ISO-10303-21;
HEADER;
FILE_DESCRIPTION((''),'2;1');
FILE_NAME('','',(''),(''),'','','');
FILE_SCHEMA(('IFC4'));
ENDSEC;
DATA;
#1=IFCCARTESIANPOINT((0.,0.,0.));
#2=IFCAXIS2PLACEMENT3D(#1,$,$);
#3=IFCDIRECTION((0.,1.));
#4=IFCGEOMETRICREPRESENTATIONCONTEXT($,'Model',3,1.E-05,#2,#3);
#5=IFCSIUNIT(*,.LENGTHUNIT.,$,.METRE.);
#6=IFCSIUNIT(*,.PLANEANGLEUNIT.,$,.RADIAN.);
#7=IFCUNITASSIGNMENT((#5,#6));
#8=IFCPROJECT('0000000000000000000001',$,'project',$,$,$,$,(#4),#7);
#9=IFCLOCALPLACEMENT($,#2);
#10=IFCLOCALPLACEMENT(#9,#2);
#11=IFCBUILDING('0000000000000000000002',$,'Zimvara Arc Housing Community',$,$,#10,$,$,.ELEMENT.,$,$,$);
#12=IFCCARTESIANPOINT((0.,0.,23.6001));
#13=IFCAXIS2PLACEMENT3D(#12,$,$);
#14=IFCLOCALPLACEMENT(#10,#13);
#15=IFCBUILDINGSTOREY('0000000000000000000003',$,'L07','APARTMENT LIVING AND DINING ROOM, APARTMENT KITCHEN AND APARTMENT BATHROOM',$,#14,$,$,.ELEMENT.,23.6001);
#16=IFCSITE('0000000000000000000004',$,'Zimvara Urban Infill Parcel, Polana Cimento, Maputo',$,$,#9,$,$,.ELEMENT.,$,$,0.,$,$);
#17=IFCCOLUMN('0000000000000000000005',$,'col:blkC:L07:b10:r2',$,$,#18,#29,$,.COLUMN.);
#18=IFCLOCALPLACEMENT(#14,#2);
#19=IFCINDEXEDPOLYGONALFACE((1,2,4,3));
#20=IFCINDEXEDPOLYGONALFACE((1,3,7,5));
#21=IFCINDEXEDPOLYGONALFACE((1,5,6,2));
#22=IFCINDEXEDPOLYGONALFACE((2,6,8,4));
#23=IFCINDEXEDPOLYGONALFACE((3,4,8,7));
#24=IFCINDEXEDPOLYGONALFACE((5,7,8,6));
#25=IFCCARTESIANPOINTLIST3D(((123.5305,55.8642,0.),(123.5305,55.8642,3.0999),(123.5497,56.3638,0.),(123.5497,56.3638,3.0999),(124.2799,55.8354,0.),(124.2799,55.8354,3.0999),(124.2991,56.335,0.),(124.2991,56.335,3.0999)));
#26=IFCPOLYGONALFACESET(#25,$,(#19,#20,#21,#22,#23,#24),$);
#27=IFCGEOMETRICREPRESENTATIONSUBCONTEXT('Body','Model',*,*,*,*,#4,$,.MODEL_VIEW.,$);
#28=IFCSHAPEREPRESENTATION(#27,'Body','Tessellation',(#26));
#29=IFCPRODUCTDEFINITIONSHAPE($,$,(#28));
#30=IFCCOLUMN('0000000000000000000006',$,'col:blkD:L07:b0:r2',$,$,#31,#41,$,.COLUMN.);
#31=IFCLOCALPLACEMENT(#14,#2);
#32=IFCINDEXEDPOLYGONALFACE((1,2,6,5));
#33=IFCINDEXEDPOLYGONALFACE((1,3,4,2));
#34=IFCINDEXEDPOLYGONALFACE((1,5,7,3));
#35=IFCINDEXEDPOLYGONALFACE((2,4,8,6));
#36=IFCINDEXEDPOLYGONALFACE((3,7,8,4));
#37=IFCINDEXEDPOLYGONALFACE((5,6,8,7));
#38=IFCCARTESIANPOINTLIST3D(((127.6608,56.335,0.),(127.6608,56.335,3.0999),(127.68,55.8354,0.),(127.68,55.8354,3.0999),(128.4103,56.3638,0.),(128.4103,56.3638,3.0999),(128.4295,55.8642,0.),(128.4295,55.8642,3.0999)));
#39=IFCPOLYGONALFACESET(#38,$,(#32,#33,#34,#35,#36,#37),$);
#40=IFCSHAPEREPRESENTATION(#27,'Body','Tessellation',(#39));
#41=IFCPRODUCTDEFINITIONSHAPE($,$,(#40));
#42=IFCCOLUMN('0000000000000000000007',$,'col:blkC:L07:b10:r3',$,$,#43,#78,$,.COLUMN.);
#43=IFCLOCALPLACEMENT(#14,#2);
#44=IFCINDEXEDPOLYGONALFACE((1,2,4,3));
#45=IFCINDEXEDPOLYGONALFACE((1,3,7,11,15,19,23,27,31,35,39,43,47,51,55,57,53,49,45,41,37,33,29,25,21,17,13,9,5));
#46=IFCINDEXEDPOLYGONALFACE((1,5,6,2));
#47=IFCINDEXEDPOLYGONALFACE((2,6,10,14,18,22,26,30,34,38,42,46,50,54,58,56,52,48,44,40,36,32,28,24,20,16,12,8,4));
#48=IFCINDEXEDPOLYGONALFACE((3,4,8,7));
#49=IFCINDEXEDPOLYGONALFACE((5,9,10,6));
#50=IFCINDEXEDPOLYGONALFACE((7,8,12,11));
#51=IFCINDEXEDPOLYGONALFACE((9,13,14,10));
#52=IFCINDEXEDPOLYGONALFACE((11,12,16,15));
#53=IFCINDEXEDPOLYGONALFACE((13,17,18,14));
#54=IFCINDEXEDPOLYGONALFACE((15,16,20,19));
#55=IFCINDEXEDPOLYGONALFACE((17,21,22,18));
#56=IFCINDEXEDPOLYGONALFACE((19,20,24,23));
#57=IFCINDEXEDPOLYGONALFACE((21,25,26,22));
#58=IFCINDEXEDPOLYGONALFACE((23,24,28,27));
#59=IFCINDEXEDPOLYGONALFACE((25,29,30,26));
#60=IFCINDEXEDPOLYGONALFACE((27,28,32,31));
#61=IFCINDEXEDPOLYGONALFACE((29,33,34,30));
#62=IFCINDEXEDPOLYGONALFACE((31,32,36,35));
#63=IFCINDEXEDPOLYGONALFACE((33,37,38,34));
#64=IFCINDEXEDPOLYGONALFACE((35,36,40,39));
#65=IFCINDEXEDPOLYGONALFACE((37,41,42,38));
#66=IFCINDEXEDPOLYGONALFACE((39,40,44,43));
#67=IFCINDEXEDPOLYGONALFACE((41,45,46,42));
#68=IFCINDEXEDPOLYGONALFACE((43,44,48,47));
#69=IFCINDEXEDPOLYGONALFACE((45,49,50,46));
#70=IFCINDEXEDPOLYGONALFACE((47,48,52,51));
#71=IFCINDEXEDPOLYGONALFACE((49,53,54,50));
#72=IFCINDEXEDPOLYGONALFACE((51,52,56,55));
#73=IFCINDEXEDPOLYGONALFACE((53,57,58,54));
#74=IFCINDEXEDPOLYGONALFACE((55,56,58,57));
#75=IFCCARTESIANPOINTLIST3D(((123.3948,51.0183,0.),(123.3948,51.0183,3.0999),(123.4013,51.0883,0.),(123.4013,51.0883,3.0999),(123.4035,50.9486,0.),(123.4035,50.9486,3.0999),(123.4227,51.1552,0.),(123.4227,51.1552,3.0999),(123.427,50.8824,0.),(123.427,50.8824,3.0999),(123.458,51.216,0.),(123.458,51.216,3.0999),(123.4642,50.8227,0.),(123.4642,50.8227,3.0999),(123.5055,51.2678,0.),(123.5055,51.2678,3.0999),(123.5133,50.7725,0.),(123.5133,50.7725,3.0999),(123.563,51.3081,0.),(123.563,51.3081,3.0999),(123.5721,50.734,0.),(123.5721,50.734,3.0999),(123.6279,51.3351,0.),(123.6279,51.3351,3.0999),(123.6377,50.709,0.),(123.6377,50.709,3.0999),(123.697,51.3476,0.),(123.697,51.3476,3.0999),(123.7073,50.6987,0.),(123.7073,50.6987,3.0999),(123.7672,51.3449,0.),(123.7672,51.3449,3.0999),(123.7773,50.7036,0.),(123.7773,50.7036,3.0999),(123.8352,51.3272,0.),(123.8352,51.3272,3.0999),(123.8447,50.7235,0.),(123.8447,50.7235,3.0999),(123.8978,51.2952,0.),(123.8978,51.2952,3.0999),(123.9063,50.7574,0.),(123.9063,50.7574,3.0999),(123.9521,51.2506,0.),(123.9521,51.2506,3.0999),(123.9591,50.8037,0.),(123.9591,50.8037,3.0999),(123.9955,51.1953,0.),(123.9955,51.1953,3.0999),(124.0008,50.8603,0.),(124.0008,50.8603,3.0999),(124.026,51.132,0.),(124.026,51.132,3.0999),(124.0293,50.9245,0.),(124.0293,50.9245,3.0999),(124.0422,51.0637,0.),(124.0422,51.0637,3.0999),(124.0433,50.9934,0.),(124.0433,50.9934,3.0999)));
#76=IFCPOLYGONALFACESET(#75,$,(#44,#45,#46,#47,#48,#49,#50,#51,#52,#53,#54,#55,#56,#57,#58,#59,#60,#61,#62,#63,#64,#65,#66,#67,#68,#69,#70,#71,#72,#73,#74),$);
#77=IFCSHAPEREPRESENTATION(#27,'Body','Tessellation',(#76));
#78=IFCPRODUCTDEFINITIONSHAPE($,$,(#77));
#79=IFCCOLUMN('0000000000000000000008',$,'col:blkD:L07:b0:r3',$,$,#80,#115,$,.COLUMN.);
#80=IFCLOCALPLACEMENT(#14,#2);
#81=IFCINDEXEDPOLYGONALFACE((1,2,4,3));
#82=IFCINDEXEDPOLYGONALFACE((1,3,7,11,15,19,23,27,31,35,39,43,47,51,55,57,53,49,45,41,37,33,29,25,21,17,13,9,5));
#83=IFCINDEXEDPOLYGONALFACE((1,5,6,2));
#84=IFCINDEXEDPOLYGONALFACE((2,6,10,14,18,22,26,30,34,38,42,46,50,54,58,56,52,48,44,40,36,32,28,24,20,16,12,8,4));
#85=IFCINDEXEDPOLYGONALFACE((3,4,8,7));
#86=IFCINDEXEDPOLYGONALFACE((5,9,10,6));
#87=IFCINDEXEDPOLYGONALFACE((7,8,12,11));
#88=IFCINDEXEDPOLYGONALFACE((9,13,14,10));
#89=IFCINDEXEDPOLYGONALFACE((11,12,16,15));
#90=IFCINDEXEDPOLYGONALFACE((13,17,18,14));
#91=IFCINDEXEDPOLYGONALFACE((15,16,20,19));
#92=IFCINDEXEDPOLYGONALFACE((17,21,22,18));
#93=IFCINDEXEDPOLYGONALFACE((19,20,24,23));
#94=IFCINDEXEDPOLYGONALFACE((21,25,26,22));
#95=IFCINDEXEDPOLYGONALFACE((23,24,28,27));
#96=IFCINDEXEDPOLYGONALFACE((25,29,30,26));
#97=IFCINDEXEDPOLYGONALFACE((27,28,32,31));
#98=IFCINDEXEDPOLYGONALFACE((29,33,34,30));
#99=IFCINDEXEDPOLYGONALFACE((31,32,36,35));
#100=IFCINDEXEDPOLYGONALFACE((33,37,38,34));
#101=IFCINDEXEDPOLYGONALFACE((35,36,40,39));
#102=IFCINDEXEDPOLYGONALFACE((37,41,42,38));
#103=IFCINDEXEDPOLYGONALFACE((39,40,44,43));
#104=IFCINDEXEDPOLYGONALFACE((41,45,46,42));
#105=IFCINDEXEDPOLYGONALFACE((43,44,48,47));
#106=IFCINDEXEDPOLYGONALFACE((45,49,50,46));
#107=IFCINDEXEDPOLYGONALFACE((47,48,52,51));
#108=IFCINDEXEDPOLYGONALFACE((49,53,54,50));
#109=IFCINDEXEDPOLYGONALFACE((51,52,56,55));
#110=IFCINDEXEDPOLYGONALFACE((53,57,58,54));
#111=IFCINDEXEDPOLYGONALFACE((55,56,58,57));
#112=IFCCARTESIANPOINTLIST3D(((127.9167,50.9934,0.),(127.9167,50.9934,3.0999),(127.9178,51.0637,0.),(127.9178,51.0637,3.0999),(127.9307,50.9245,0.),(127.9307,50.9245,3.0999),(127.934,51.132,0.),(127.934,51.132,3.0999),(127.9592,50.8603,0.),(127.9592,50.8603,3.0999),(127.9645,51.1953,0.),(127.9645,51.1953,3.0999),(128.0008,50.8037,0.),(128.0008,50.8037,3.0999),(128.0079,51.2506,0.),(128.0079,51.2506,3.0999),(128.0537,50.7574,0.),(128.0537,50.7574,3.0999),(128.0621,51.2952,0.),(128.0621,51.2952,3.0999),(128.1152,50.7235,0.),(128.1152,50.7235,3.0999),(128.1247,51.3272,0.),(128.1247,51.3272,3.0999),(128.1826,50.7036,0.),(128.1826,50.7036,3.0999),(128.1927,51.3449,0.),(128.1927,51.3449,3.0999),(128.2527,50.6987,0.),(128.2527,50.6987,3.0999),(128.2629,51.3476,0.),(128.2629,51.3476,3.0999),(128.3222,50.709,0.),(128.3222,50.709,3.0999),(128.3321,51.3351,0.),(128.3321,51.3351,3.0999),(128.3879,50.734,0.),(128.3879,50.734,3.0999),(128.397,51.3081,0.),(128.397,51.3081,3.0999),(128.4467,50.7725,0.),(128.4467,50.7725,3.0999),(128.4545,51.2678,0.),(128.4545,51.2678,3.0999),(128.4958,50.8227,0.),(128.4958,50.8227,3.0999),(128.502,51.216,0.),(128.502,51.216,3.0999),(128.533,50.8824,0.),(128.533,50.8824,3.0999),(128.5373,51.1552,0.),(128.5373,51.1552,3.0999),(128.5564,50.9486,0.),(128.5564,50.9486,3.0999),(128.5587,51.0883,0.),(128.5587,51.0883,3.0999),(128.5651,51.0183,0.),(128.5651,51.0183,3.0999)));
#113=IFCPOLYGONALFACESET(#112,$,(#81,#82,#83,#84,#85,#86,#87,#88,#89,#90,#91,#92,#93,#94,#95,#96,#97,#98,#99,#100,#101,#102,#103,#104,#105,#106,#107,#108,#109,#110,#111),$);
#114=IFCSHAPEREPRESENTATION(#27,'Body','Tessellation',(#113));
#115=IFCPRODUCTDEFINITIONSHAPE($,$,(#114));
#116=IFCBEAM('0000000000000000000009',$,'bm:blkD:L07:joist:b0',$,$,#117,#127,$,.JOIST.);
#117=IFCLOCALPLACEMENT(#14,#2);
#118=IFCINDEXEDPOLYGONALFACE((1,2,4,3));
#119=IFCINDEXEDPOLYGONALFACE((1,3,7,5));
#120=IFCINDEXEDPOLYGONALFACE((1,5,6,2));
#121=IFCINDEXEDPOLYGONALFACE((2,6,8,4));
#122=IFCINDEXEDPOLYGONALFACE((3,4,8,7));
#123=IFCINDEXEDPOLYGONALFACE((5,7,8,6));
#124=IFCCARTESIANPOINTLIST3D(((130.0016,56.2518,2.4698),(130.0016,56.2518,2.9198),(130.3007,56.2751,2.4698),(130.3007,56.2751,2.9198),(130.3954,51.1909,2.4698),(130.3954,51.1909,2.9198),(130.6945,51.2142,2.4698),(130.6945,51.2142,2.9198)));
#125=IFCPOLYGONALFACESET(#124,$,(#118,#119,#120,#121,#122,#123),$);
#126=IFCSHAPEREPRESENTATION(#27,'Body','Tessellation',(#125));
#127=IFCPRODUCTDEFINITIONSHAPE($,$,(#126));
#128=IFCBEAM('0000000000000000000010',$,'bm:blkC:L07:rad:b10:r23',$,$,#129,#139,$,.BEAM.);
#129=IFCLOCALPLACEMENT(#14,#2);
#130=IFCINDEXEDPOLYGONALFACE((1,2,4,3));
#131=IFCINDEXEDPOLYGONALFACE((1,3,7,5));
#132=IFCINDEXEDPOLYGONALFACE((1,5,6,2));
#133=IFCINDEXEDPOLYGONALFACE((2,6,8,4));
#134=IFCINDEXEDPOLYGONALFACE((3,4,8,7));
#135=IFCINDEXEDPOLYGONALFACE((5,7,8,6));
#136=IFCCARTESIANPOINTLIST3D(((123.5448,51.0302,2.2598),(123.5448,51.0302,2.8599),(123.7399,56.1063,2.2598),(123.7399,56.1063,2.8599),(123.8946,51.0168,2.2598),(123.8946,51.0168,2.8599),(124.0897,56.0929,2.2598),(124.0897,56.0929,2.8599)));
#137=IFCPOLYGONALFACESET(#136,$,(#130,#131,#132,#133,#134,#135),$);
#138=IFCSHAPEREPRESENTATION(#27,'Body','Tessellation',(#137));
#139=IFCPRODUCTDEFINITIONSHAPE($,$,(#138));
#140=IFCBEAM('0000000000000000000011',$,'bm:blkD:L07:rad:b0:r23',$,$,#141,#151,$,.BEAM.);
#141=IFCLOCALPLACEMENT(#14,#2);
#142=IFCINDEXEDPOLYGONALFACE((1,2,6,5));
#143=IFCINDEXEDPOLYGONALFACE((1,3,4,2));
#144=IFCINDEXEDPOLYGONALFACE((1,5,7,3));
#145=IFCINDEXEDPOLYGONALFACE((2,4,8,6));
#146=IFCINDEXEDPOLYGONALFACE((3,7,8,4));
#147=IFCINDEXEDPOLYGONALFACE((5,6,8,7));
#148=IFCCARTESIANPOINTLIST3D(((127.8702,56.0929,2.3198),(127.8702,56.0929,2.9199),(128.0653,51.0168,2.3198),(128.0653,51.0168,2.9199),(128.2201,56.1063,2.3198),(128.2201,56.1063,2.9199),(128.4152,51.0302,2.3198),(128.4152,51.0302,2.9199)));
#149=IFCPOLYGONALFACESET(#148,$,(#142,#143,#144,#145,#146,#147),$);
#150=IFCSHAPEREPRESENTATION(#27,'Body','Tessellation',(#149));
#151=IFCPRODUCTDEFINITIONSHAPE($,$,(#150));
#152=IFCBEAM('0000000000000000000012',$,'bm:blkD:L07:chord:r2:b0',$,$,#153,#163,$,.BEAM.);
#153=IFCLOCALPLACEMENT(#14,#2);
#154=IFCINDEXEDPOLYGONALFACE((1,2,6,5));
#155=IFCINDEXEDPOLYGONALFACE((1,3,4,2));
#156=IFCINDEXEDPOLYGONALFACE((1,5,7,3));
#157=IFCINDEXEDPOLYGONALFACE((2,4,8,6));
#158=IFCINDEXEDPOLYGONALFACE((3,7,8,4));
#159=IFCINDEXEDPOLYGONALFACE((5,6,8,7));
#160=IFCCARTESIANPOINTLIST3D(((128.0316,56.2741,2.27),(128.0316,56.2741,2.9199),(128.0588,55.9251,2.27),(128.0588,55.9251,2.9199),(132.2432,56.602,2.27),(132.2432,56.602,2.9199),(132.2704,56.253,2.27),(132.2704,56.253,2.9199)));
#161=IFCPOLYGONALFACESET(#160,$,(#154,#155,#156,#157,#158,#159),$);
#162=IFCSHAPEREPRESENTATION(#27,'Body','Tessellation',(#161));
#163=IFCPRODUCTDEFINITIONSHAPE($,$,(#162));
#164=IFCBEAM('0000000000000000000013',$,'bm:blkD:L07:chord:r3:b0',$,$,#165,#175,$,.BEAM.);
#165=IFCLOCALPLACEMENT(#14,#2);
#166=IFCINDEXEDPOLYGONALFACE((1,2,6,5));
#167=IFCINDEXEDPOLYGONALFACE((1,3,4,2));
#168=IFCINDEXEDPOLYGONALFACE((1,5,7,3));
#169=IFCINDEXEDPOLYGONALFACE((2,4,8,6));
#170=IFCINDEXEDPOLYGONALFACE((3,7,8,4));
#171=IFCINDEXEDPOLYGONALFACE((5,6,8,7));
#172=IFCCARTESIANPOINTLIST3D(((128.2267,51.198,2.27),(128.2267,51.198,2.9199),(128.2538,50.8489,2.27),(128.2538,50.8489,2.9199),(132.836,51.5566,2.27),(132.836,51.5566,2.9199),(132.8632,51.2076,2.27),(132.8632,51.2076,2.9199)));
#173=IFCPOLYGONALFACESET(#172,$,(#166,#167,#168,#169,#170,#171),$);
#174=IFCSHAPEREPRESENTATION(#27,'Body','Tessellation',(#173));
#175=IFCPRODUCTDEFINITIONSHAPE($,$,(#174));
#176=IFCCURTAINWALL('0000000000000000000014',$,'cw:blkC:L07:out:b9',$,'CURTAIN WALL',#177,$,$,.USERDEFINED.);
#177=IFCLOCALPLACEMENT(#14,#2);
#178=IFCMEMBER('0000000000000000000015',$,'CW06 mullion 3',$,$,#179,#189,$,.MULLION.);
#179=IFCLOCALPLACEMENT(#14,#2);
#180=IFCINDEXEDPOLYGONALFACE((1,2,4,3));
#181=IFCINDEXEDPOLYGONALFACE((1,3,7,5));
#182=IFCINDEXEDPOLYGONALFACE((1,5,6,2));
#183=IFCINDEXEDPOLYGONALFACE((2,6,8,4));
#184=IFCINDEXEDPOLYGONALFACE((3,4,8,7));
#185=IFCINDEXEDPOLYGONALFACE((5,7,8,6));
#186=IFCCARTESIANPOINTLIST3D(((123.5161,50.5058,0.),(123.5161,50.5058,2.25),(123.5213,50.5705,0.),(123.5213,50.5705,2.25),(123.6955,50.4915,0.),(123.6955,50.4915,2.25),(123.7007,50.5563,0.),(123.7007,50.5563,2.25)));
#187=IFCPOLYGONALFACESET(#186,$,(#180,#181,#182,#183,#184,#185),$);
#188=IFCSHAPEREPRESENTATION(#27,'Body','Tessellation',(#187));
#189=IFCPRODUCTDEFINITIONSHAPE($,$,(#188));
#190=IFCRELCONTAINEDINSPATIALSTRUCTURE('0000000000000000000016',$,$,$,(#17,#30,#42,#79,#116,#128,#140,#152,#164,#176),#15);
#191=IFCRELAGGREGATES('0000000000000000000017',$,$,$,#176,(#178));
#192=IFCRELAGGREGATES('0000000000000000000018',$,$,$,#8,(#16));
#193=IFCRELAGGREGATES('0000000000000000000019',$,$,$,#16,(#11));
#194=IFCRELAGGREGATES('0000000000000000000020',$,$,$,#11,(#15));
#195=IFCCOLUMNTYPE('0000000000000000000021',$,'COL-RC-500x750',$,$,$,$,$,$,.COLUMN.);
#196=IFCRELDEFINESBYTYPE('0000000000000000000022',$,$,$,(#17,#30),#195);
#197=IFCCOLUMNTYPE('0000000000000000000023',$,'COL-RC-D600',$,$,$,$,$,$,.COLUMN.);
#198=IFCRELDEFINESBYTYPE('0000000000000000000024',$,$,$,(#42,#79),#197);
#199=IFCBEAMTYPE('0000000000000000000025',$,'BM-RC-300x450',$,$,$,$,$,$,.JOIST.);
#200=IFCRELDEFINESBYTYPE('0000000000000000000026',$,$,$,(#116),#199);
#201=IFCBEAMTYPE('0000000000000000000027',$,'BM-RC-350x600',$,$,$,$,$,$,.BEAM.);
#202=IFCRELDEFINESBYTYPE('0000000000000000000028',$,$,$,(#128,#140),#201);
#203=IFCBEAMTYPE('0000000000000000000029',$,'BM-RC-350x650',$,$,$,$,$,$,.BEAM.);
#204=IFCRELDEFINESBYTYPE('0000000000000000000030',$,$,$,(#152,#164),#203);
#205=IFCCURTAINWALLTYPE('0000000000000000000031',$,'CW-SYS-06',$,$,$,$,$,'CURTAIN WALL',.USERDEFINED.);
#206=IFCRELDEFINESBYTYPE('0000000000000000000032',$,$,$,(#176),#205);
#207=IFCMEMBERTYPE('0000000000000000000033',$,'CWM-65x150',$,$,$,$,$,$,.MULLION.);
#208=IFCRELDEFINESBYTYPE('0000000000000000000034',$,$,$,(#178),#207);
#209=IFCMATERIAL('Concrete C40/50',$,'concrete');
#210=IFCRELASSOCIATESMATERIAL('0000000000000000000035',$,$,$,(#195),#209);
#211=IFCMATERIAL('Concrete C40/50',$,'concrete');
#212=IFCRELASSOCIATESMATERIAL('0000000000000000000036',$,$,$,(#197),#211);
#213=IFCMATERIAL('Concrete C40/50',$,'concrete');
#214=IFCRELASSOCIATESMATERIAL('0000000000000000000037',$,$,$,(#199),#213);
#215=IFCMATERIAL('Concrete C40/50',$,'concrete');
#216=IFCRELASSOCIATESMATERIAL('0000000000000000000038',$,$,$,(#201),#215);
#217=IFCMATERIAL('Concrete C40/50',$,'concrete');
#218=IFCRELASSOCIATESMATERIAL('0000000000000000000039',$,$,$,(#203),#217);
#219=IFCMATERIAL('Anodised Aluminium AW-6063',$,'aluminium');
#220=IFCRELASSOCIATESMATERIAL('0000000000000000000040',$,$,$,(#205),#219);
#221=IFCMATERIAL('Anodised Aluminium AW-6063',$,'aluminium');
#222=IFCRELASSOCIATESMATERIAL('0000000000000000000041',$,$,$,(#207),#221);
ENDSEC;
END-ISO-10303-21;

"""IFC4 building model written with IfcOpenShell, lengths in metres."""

from ifc_helpers import new_model, si_unit, direction, frame, origin, origin_2d, place, context, subcontext, project, spatial, rectangle, circle, extrude, material, material_profile, profile_set, type_object, element, aggregate, save


model = new_model("IFC4")

# Units and contexts
model_context = context("Model", 3, precision=1e-05, world=origin(), true_north=direction((0.0, 1.0)))
body_context = subcontext(model_context, "Body", "Model", "MODEL_VIEW")
ifc_project = project(units=[si_unit("LENGTHUNIT", "METRE"), si_unit("PLANEANGLEUNIT", "RADIAN")], contexts=[model_context])

# Site, building, storey
site_placement = place(None, origin())
site = spatial("IfcSite", under=ifc_project, at=site_placement, Name="Zimvara Urban Infill Parcel, Polana Cimento, Maputo", CompositionType="ELEMENT", RefElevation=0.0)
building_placement = place(site_placement, origin())
building = spatial("IfcBuilding", under=site, at=building_placement, Name="Zimvara Arc Housing Community", CompositionType="ELEMENT")
storey_placement = place(building_placement, frame((0.0, 0.0, 23.6001)))
storey = spatial("IfcBuildingStorey", under=building, at=storey_placement, Name="L07", Description="APARTMENT LIVING AND DINING ROOM, APARTMENT KITCHEN AND APARTMENT BATHROOM", CompositionType="ELEMENT", Elevation=23.6001)

# Columns
ifc_material_1 = material(Name="Concrete C40/50", Category="concrete")
ifc_material_profile_1 = material_profile(ifc_material_1, rectangle(XDim=0.5, YDim=0.75, at=origin_2d()), Name="RC 500x750")
ifc_profile_set_1 = profile_set([ifc_material_profile_1], Name="Concrete C40/50")
column_type_1 = type_object("IfcColumnType", Name="COL-RC-500x750", PredefinedType="COLUMN", material=ifc_profile_set_1)
for number, where, z_axis, x_axis, name in (
    (1, (123.9148, 56.0996, 0.0), (0.0, 0.0, 1.0), (-0.038388, -0.999263, 0.0), "col:blkC:L07:b10:r2"),
    (2, (128.0452, 56.0996, 0.0), (0.0, 0.0, 1.0), (0.038388, -0.999263, 0.0), "col:blkD:L07:b0:r2"),
):
    element("IfcColumn", number, at=place(storey_placement, frame(where, z_axis=z_axis, x_axis=x_axis)), inside=storey, type_object=column_type_1, Name=name, PredefinedType="COLUMN", context=body_context, shape_type="SweptSolid", body=[
        extrude(rectangle(XDim=0.5, YDim=0.75, at=origin_2d()), origin(), (0.0, 0.0, 1.0), 3.0999),
    ])
ifc_material_2 = material(Name="Concrete C40/50", Category="concrete")
ifc_material_profile_2 = material_profile(ifc_material_2, circle(Radius=0.325, at=origin_2d()), Name="RC D650")
ifc_profile_set_2 = profile_set([ifc_material_profile_2], Name="Concrete C40/50")
column_type_2 = type_object("IfcColumnType", Name="COL-RC-D600", PredefinedType="COLUMN", material=ifc_profile_set_2)
for number, where, z_axis, x_axis, name in (
    (3, (123.7197, 51.0234, 0.0), (0.0, 0.0, 1.0), (-0.038388, -0.999263, 0.0), "col:blkC:L07:b10:r3"),
    (4, (128.2402, 51.0234, 0.0), (0.0, 0.0, 1.0), (0.038388, -0.999263, 0.0), "col:blkD:L07:b0:r3"),
):
    element("IfcColumn", number, at=place(storey_placement, frame(where, z_axis=z_axis, x_axis=x_axis)), inside=storey, type_object=column_type_2, Name=name, PredefinedType="COLUMN", context=body_context, shape_type="SweptSolid", body=[
        extrude(circle(Radius=0.325, at=origin_2d()), origin(), (0.0, 0.0, 1.0), 3.0999),
    ])

# Beams
ifc_material_3 = material(Name="Concrete C40/50", Category="concrete")
ifc_material_profile_3 = material_profile(ifc_material_3, rectangle(XDim=0.3, YDim=0.45, at=origin_2d()), Name="RC 300x450")
ifc_profile_set_3 = profile_set([ifc_material_profile_3], Name="Concrete C40/50")
beam_type_1 = type_object("IfcBeamType", Name="BM-RC-300x450", PredefinedType="JOIST", material=ifc_profile_set_3)
beam_1_placement = place(storey_placement, frame((130.1511, 56.2634, 2.6948), z_axis=(0.077579, -0.996986, 0.0), x_axis=(0.996986, 0.077579, 0.0)))
element("IfcBeam", 5, at=beam_1_placement, inside=storey, type_object=beam_type_1, Name="bm:blkD:L07:joist:b0", PredefinedType="JOIST", context=body_context, shape_type="SweptSolid", body=[
    extrude(rectangle(XDim=0.3, YDim=0.45, at=origin_2d()), origin(), (0.0, 0.0, 1.0), 5.0762),
])
ifc_material_4 = material(Name="Concrete C40/50", Category="concrete")
ifc_material_profile_4 = material_profile(ifc_material_4, rectangle(XDim=0.3501, YDim=0.6001, at=origin_2d()), Name="RC 350x600")
ifc_profile_set_4 = profile_set([ifc_material_profile_4], Name="Concrete C40/50")
beam_type_2 = type_object("IfcBeamType", Name="BM-RC-350x600", PredefinedType="BEAM", material=ifc_profile_set_4)
for number, where, z_axis, x_axis, name in (
    (6, (123.9148, 56.0996, 2.5598), (-0.0384, -0.999262, 0.0), (0.999262, -0.0384, 0.0), "bm:blkC:L07:rad:b10:r23"),
    (7, (128.0452, 56.0996, 2.6199), (0.0384, -0.999262, 0.0), (0.999262, 0.0384, 0.0), "bm:blkD:L07:rad:b0:r23"),
):
    element("IfcBeam", number, at=place(storey_placement, frame(where, z_axis=z_axis, x_axis=x_axis)), inside=storey, type_object=beam_type_2, Name=name, PredefinedType="BEAM", context=body_context, shape_type="SweptSolid", body=[
        extrude(rectangle(XDim=0.3501, YDim=0.6001, at=origin_2d()), origin(), (0.0, 0.0, 1.0), 5.0798),
    ])
ifc_material_5 = material(Name="Concrete C40/50", Category="concrete")
ifc_material_profile_5 = material_profile(ifc_material_5, rectangle(XDim=0.3501, YDim=0.6499, at=origin_2d()), Name="RC 350x650")
ifc_profile_set_5 = profile_set([ifc_material_profile_5], Name="Concrete C40/50")
beam_type_3 = type_object("IfcBeamType", Name="BM-RC-350x650", PredefinedType="BEAM", material=ifc_profile_set_5)
beam_2_placement = place(storey_placement, frame((128.0452, 56.0996, 2.595), z_axis=(0.996983, 0.077616, 0.0), x_axis=(-0.077616, 0.996983, 0.0)))
element("IfcBeam", 8, at=beam_2_placement, inside=storey, type_object=beam_type_3, Name="bm:blkD:L07:chord:r2:b0", PredefinedType="BEAM", context=body_context, shape_type="SweptSolid", body=[
    extrude(rectangle(XDim=0.3501, YDim=0.6499, at=origin_2d()), origin(), (0.0, 0.0, 1.0), 4.2244),
])
beam_3_placement = place(storey_placement, frame((128.2402, 51.0234, 2.595), z_axis=(0.996987, 0.077573, 0.0), x_axis=(-0.077573, 0.996987, 0.0)))
element("IfcBeam", 9, at=beam_3_placement, inside=storey, type_object=beam_type_3, Name="bm:blkD:L07:chord:r3:b0", PredefinedType="BEAM", context=body_context, shape_type="SweptSolid", body=[
    extrude(rectangle(XDim=0.3501, YDim=0.6499, at=origin_2d()), origin(), (0.0, 0.0, 1.0), 4.6233),
])

# Curtain wall, member
ifc_material_6 = material(Name="Anodised Aluminium AW-6063", Category="aluminium")
curtain_wall_type_1 = type_object("IfcCurtainWallType", Name="CW-SYS-06", ElementType="CURTAIN WALL", PredefinedType="USERDEFINED", material=ifc_material_6)
curtain_wall_1_placement = place(storey_placement, origin())
curtain_wall_1 = element("IfcCurtainWall", 10, at=curtain_wall_1_placement, inside=storey, type_object=curtain_wall_type_1, Name="cw:blkC:L07:out:b9", ObjectType="CURTAIN WALL", PredefinedType="USERDEFINED")
ifc_material_7 = material(Name="Anodised Aluminium AW-6063", Category="aluminium")
ifc_material_profile_6 = material_profile(ifc_material_7, rectangle(XDim=0.0649, YDim=0.1799, at=origin_2d()), Name="ALU 65x180")
ifc_profile_set_6 = profile_set([ifc_material_profile_6], Name="Anodised Aluminium AW-6063")
member_type_1 = type_object("IfcMemberType", Name="CWM-65x150", PredefinedType="MULLION", material=ifc_profile_set_6)
member_1_placement = place(storey_placement, frame((123.6084, 50.531, 0.0), z_axis=(0.0, 0.0, 1.0), x_axis=(0.079154, 0.996862, 0.0)))
member_1 = element("IfcMember", 11, at=member_1_placement, type_object=member_type_1, Name="CW06 mullion 3", PredefinedType="MULLION", context=body_context, shape_type="SweptSolid", body=[
    extrude(rectangle(XDim=0.0649, YDim=0.1799, at=origin_2d()), origin(), (0.0, 0.0, 1.0), 2.25),
])

aggregate(curtain_wall_1, [member_1])

save(model, "model.ifc")
